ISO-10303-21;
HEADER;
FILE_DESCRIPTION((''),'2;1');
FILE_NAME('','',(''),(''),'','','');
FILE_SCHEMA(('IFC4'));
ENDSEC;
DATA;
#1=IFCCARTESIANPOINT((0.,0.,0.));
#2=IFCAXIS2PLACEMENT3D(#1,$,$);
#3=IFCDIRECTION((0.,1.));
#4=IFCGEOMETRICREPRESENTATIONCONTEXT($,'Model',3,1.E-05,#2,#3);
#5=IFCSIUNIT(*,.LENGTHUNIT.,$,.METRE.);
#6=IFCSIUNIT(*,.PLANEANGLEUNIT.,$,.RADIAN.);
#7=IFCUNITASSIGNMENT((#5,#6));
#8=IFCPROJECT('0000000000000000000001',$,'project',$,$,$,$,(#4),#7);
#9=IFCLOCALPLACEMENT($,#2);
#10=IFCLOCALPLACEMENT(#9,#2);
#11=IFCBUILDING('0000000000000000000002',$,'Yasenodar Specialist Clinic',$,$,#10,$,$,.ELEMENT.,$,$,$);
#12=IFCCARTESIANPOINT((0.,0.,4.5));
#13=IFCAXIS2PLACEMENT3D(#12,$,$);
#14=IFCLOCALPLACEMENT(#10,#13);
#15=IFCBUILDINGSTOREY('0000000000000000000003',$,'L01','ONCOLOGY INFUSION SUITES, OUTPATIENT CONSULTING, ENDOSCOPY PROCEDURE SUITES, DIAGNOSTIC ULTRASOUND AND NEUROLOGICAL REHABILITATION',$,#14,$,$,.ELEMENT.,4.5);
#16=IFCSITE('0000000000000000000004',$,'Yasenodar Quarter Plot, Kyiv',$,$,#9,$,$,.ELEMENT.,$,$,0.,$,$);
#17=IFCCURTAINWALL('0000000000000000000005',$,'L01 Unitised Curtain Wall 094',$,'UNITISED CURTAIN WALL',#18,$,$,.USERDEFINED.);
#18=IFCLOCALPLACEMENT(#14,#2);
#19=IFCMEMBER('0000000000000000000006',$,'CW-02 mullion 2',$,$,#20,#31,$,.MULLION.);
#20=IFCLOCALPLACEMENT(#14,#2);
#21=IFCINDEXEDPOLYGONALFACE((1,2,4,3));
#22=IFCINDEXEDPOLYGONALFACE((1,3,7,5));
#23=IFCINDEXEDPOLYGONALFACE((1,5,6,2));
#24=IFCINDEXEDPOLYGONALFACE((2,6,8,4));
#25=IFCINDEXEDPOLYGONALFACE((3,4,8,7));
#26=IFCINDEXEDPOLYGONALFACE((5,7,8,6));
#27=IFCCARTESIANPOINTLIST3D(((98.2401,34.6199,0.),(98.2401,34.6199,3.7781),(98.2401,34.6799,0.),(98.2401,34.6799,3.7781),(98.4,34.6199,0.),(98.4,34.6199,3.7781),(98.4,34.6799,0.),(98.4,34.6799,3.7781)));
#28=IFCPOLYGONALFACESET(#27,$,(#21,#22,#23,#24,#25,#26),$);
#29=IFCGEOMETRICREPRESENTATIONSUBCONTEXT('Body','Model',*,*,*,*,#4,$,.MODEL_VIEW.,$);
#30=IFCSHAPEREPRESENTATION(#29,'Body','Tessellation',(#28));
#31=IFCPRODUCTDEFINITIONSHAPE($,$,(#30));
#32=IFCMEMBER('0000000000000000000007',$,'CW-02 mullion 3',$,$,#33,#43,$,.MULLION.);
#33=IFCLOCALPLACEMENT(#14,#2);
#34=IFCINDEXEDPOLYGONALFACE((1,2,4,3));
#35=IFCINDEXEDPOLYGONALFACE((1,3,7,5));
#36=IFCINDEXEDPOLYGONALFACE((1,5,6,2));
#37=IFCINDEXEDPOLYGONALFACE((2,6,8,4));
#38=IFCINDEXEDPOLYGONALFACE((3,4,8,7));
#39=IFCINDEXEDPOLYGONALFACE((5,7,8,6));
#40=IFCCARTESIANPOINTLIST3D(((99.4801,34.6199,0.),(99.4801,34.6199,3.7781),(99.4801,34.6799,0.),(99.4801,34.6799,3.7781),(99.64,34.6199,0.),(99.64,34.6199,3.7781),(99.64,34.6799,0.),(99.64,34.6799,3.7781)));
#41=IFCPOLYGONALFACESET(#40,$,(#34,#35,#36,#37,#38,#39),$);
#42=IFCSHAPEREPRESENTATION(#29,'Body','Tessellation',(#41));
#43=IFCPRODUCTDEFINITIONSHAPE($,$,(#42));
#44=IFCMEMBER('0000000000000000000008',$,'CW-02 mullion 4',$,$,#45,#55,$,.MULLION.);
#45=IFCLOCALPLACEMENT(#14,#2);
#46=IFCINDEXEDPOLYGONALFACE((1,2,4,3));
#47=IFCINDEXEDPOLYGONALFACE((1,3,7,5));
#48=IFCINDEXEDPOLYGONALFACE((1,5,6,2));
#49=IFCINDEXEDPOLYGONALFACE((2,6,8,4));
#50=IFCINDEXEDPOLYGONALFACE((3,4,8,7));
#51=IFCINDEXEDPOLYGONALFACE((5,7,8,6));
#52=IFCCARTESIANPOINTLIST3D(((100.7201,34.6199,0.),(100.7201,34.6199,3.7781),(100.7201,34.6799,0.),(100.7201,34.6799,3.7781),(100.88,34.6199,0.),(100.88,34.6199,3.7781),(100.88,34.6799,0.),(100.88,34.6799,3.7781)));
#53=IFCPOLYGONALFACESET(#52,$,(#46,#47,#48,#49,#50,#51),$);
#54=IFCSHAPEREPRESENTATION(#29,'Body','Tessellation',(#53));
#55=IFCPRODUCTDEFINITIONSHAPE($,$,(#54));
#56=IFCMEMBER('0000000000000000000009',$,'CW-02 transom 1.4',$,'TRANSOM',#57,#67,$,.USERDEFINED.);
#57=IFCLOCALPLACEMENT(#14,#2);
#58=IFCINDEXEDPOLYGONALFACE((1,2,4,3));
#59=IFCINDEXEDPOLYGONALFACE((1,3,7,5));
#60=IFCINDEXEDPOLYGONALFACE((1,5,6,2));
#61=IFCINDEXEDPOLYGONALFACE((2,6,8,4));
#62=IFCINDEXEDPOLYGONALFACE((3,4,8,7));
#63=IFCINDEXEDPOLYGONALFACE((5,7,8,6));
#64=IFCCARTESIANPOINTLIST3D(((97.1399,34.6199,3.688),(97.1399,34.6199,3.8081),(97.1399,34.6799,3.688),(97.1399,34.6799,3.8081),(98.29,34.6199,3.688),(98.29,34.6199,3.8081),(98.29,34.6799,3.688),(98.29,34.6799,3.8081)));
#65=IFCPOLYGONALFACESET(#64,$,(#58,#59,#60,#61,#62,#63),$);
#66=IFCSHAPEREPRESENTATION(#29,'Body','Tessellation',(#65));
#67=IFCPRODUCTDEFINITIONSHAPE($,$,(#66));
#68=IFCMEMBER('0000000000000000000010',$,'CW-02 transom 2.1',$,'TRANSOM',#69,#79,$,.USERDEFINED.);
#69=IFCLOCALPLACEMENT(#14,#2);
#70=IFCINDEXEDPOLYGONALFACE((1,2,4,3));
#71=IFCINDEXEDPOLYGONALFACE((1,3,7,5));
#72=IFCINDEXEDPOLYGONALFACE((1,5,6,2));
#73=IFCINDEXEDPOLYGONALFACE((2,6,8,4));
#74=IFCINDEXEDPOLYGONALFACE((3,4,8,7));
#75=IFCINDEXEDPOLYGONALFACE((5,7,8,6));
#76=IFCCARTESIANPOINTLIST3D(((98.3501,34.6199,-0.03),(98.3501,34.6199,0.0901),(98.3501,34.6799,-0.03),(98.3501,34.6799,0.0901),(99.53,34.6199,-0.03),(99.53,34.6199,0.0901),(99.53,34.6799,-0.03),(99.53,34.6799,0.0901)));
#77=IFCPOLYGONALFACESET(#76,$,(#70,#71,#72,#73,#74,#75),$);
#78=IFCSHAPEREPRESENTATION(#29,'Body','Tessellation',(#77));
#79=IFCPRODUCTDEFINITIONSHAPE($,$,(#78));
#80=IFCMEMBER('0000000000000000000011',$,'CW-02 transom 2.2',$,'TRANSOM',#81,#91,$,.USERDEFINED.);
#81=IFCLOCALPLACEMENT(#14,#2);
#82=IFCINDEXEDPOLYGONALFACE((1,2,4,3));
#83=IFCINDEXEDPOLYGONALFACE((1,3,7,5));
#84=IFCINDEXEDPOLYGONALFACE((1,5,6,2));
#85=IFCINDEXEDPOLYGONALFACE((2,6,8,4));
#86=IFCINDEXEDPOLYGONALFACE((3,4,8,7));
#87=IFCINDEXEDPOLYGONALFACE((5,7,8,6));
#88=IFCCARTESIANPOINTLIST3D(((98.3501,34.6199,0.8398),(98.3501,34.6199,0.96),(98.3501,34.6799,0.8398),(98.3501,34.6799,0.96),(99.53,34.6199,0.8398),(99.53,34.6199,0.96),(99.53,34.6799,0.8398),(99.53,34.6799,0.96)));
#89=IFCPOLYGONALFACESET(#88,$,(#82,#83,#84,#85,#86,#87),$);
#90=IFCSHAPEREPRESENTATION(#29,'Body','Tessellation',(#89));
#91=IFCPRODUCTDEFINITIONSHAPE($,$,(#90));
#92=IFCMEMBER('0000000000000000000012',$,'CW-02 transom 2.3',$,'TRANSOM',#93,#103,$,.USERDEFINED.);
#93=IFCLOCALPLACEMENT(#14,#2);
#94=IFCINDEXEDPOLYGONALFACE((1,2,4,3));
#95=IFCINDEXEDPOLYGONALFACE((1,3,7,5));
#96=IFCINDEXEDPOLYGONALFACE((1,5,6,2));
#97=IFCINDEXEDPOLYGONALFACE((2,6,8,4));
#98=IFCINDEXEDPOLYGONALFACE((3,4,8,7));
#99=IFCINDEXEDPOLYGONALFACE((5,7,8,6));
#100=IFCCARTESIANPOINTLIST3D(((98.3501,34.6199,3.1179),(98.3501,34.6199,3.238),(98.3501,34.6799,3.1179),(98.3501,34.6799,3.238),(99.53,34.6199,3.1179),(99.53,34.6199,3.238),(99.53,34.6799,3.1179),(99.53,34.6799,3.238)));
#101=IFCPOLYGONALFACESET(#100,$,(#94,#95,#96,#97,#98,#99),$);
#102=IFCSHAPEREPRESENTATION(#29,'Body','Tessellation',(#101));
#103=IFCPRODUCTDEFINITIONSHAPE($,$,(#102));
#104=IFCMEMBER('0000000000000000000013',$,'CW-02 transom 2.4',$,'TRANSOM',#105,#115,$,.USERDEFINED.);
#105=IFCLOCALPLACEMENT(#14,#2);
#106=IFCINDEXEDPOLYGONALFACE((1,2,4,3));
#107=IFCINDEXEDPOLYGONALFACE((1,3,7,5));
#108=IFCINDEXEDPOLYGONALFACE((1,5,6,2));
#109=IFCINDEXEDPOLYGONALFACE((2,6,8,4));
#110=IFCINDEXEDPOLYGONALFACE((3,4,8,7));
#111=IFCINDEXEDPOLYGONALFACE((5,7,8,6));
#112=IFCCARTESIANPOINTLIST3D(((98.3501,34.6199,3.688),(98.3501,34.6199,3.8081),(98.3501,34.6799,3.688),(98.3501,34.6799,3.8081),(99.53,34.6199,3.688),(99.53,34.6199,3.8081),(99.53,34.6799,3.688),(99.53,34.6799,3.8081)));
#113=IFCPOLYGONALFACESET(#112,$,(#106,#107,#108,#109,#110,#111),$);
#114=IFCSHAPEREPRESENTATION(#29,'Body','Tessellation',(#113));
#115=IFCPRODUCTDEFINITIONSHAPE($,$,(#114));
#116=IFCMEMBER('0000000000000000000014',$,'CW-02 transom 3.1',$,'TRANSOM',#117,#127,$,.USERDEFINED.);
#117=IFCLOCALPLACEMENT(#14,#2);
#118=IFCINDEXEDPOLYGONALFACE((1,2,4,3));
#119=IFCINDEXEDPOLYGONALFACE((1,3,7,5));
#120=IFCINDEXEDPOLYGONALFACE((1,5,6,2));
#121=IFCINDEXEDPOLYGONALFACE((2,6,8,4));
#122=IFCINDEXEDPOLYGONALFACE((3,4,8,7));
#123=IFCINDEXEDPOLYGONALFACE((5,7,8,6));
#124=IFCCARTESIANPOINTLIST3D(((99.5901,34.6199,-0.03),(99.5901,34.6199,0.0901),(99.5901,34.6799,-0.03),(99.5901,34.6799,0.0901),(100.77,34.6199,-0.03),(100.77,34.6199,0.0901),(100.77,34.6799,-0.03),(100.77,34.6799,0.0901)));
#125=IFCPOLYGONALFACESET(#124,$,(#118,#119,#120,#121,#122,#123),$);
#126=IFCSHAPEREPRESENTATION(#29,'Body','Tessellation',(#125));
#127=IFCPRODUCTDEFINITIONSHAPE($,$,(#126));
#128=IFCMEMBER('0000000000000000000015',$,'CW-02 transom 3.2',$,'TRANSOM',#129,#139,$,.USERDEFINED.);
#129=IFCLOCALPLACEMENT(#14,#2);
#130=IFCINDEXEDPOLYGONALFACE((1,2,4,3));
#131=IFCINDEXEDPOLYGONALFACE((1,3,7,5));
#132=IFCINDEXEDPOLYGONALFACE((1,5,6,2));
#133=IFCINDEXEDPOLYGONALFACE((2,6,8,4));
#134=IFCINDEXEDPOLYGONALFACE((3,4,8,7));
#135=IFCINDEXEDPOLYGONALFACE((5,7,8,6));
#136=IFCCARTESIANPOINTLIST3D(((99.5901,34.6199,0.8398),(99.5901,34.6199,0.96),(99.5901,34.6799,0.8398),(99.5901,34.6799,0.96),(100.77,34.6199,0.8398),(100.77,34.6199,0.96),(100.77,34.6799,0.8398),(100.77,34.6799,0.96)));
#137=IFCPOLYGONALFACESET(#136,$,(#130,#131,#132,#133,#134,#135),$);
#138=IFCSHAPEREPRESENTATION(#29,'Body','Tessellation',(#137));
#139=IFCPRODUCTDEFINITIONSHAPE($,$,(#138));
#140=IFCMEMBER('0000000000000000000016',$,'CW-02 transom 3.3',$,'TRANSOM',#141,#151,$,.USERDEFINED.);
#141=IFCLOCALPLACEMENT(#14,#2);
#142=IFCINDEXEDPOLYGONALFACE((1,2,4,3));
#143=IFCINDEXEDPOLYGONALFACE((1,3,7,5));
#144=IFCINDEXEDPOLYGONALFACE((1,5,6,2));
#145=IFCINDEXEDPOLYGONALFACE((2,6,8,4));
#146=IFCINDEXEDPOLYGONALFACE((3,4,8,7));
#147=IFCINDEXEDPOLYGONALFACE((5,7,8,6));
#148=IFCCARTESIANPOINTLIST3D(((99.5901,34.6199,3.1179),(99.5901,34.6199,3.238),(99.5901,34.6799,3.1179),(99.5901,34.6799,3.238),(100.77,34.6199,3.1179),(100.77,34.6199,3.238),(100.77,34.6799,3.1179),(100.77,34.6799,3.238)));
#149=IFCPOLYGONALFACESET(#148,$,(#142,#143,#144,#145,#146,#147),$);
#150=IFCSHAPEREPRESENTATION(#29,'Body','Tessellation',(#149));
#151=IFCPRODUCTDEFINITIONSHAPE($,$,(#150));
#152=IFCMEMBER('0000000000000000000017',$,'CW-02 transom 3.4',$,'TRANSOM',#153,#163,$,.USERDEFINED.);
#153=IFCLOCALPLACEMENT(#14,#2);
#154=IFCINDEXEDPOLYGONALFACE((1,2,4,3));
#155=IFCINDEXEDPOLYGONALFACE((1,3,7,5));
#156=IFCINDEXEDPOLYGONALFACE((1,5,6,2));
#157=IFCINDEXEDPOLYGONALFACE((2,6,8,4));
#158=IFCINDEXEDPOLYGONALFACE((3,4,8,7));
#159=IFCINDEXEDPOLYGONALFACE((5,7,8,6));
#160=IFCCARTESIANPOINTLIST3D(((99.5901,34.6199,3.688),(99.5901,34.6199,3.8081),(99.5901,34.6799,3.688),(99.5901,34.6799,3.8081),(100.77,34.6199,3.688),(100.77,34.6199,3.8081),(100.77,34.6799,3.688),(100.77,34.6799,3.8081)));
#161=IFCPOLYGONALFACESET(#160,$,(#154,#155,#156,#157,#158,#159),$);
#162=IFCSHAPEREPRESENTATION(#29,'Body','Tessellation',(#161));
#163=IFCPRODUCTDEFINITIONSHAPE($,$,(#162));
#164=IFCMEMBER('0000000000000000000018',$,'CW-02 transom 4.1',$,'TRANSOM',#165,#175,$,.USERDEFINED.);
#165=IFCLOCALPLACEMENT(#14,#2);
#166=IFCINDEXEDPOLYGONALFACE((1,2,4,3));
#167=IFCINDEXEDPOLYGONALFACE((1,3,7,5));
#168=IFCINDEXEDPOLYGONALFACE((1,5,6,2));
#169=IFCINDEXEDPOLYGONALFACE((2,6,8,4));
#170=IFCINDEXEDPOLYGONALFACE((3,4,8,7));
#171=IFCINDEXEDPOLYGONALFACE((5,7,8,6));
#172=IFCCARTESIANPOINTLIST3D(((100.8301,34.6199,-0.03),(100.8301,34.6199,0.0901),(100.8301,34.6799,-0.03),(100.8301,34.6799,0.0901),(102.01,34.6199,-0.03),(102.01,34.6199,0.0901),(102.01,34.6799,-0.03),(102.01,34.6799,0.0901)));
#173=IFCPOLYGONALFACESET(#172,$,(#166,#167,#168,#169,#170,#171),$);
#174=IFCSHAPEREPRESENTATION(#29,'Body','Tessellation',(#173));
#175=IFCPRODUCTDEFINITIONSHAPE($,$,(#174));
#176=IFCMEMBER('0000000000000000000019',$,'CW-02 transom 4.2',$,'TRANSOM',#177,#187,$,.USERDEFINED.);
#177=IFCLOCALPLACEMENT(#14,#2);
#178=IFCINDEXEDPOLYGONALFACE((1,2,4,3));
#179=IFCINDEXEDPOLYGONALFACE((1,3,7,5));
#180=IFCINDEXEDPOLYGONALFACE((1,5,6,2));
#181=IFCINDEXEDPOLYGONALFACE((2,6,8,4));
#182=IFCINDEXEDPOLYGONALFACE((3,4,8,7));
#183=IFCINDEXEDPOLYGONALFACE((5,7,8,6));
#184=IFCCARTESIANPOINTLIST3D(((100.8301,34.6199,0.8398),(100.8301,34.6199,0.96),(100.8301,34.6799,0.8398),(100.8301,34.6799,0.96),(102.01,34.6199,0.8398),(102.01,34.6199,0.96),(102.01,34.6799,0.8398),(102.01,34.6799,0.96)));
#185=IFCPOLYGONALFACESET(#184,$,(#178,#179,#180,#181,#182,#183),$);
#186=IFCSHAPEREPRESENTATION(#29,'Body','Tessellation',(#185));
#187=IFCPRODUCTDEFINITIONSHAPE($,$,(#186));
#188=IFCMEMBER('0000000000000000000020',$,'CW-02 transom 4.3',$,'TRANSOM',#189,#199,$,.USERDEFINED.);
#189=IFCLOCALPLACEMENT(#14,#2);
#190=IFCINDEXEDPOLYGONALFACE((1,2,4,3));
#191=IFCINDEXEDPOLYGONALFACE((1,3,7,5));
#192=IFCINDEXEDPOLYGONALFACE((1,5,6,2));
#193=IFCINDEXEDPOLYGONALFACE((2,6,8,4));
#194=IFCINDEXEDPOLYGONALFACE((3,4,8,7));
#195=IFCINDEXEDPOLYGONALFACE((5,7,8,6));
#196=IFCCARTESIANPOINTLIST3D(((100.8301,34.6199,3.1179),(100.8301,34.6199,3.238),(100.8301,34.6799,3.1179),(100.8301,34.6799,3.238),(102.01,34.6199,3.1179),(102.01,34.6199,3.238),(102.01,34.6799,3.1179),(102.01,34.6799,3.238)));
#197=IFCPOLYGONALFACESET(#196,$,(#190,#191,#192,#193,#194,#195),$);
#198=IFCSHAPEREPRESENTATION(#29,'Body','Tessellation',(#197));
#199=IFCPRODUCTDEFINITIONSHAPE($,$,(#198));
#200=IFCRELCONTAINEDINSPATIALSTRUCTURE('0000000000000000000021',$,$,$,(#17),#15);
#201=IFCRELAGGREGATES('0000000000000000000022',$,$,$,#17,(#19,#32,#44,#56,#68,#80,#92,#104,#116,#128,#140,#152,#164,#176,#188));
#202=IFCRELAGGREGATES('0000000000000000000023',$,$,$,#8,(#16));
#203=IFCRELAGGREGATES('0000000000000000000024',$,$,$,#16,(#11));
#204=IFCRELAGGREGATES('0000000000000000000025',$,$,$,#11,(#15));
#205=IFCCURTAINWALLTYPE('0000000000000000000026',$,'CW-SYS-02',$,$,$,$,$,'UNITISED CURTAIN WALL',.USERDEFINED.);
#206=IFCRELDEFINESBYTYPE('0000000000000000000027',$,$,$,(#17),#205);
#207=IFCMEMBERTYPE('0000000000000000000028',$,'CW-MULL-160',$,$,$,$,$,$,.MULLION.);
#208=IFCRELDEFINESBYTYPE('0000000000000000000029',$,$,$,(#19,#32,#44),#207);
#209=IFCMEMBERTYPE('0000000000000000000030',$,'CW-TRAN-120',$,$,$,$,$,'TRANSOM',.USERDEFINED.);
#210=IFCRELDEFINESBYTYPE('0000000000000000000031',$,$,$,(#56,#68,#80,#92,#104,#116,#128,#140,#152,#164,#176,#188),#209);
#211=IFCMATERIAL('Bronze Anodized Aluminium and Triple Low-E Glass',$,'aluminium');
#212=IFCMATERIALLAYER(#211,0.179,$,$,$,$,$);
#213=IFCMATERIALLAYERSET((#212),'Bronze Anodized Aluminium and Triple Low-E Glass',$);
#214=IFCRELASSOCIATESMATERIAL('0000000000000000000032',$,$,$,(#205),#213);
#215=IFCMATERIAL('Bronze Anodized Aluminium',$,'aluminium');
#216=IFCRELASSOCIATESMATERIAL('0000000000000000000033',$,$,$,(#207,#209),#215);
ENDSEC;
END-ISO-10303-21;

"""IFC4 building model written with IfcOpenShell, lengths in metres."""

from ifc_helpers import new_model, si_unit, direction, frame, origin, origin_2d, place, context, subcontext, project, spatial, rectangle, extrude, material, layer, layer_set, material_profile, profile_set, type_object, element, aggregate, save


model = new_model("IFC4")

# Units and contexts
model_context = context("Model", 3, precision=1e-05, world=origin(), true_north=direction((0.0, 1.0)))
body_context = subcontext(model_context, "Body", "Model", "MODEL_VIEW")
ifc_project = project(units=[si_unit("LENGTHUNIT", "METRE"), si_unit("PLANEANGLEUNIT", "RADIAN")], contexts=[model_context])

# Site, building, storey
site_placement = place(None, origin())
site = spatial("IfcSite", under=ifc_project, at=site_placement, Name="Yasenodar Quarter Plot, Kyiv", CompositionType="ELEMENT", RefElevation=0.0)
building_placement = place(site_placement, origin())
building = spatial("IfcBuilding", under=site, at=building_placement, Name="Yasenodar Specialist Clinic", CompositionType="ELEMENT")
storey_placement = place(building_placement, frame((0.0, 0.0, 4.5)))
storey = spatial("IfcBuildingStorey", under=building, at=storey_placement, Name="L01", Description="ONCOLOGY INFUSION SUITES, OUTPATIENT CONSULTING, ENDOSCOPY PROCEDURE SUITES, DIAGNOSTIC ULTRASOUND AND NEUROLOGICAL REHABILITATION", CompositionType="ELEMENT", Elevation=4.5)

# Curtain wall, members
ifc_material_1 = material(Name="Bronze Anodized Aluminium and Triple Low-E Glass", Category="aluminium")
ifc_layer_1 = layer(ifc_material_1, 0.179)
ifc_layer_set_1 = layer_set([ifc_layer_1], Name="Bronze Anodized Aluminium and Triple Low-E Glass")
curtain_wall_type = type_object("IfcCurtainWallType", Name="CW-SYS-02", ElementType="UNITISED CURTAIN WALL", PredefinedType="USERDEFINED", material=ifc_layer_set_1)
curtain_wall_placement = place(storey_placement, origin())
curtain_wall = element("IfcCurtainWall", 1, at=curtain_wall_placement, inside=storey, type_object=curtain_wall_type, Name="L01 Unitised Curtain Wall 094", ObjectType="UNITISED CURTAIN WALL", PredefinedType="USERDEFINED")
ifc_material_2 = material(Name="Bronze Anodized Aluminium", Category="aluminium")
ifc_material_profile_1 = material_profile(ifc_material_2, rectangle(XDim=0.0601, YDim=0.1599, at=origin_2d()), Name="CW-MULL 60x160")
ifc_profile_set_1 = profile_set([ifc_material_profile_1], Name="Bronze Anodized Aluminium")
member_type_1 = type_object("IfcMemberType", Name="CW-MULL-160", PredefinedType="MULLION", material=ifc_profile_set_1)
member_1_placement = place(storey_placement, frame((98.3201, 34.6499, 0.0), z_axis=(0.0, 0.0, 1.0), x_axis=(0.0, 1.0, 0.0)))
member_1 = element("IfcMember", 2, at=member_1_placement, type_object=member_type_1, Name="CW-02 mullion 2", PredefinedType="MULLION", context=body_context, shape_type="SweptSolid", body=[
    extrude(rectangle(XDim=0.0601, YDim=0.1599, at=origin_2d()), origin(), (0.0, 0.0, 1.0), 3.7781),
])
member_2_placement = place(storey_placement, frame((99.5601, 34.6499, 0.0), z_axis=(0.0, 0.0, 1.0), x_axis=(0.0, 1.0, 0.0)))
member_2 = element("IfcMember", 3, at=member_2_placement, type_object=member_type_1, Name="CW-02 mullion 3", PredefinedType="MULLION", context=body_context, shape_type="SweptSolid", body=[
    extrude(rectangle(XDim=0.0601, YDim=0.1599, at=origin_2d()), origin(), (0.0, 0.0, 1.0), 3.7781),
])
member_3_placement = place(storey_placement, frame((100.8, 34.6499, 0.0), z_axis=(0.0, 0.0, 1.0), x_axis=(0.0, 1.0, 0.0)))
member_3 = element("IfcMember", 4, at=member_3_placement, type_object=member_type_1, Name="CW-02 mullion 4", PredefinedType="MULLION", context=body_context, shape_type="SweptSolid", body=[
    extrude(rectangle(XDim=0.0601, YDim=0.1599, at=origin_2d()), origin(), (0.0, 0.0, 1.0), 3.7781),
])
ifc_material_profile_2 = material_profile(ifc_material_2, rectangle(XDim=0.0601, YDim=0.1201, at=origin_2d()), Name="CW-TRAN 60x120")
ifc_profile_set_2 = profile_set([ifc_material_profile_2], Name="Bronze Anodized Aluminium")
member_type_2 = type_object("IfcMemberType", Name="CW-TRAN-120", ElementType="TRANSOM", PredefinedType="USERDEFINED", material=ifc_profile_set_2)
member_4_placement = place(storey_placement, frame((97.1399, 34.6499, 3.748), z_axis=(1.0, 0.0, 0.0), x_axis=(0.0, 1.0, 0.0)))
member_4 = element("IfcMember", 5, at=member_4_placement, type_object=member_type_2, Name="CW-02 transom 1.4", ObjectType="TRANSOM", PredefinedType="USERDEFINED", context=body_context, shape_type="SweptSolid", body=[
    extrude(rectangle(XDim=0.0601, YDim=0.1201, at=origin_2d()), origin(), (0.0, 0.0, 1.0), 1.1501),
])
member_5_placement = place(storey_placement, frame((98.3501, 34.6499, 0.03), z_axis=(1.0, 0.0, 0.0), x_axis=(0.0, 1.0, 0.0)))
member_5 = element("IfcMember", 6, at=member_5_placement, type_object=member_type_2, Name="CW-02 transom 2.1", ObjectType="TRANSOM", PredefinedType="USERDEFINED", context=body_context, shape_type="SweptSolid", body=[
    extrude(rectangle(XDim=0.0601, YDim=0.1201, at=origin_2d()), origin(), (0.0, 0.0, 1.0), 1.1799),
])
member_6_placement = place(storey_placement, frame((98.3501, 34.6499, 0.8999), z_axis=(1.0, 0.0, 0.0), x_axis=(0.0, 1.0, 0.0)))
member_6 = element("IfcMember", 7, at=member_6_placement, type_object=member_type_2, Name="CW-02 transom 2.2", ObjectType="TRANSOM", PredefinedType="USERDEFINED", context=body_context, shape_type="SweptSolid", body=[
    extrude(rectangle(XDim=0.0601, YDim=0.1201, at=origin_2d()), origin(), (0.0, 0.0, 1.0), 1.1799),
])
member_7_placement = place(storey_placement, frame((98.3501, 34.6499, 3.178), z_axis=(1.0, 0.0, 0.0), x_axis=(0.0, 1.0, 0.0)))
member_7 = element("IfcMember", 8, at=member_7_placement, type_object=member_type_2, Name="CW-02 transom 2.3", ObjectType="TRANSOM", PredefinedType="USERDEFINED", context=body_context, shape_type="SweptSolid", body=[
    extrude(rectangle(XDim=0.0601, YDim=0.1201, at=origin_2d()), origin(), (0.0, 0.0, 1.0), 1.1799),
])
member_8_placement = place(storey_placement, frame((98.3501, 34.6499, 3.748), z_axis=(1.0, 0.0, 0.0), x_axis=(0.0, 1.0, 0.0)))
member_8 = element("IfcMember", 9, at=member_8_placement, type_object=member_type_2, Name="CW-02 transom 2.4", ObjectType="TRANSOM", PredefinedType="USERDEFINED", context=body_context, shape_type="SweptSolid", body=[
    extrude(rectangle(XDim=0.0601, YDim=0.1201, at=origin_2d()), origin(), (0.0, 0.0, 1.0), 1.1799),
])
member_9_placement = place(storey_placement, frame((99.5901, 34.6499, 0.03), z_axis=(1.0, 0.0, 0.0), x_axis=(0.0, 1.0, 0.0)))
member_9 = element("IfcMember", 10, at=member_9_placement, type_object=member_type_2, Name="CW-02 transom 3.1", ObjectType="TRANSOM", PredefinedType="USERDEFINED", context=body_context, shape_type="SweptSolid", body=[
    extrude(rectangle(XDim=0.0601, YDim=0.1201, at=origin_2d()), origin(), (0.0, 0.0, 1.0), 1.1799),
])
member_10_placement = place(storey_placement, frame((99.5901, 34.6499, 0.8999), z_axis=(1.0, 0.0, 0.0), x_axis=(0.0, 1.0, 0.0)))
member_10 = element("IfcMember", 11, at=member_10_placement, type_object=member_type_2, Name="CW-02 transom 3.2", ObjectType="TRANSOM", PredefinedType="USERDEFINED", context=body_context, shape_type="SweptSolid", body=[
    extrude(rectangle(XDim=0.0601, YDim=0.1201, at=origin_2d()), origin(), (0.0, 0.0, 1.0), 1.1799),
])
member_11_placement = place(storey_placement, frame((99.5901, 34.6499, 3.178), z_axis=(1.0, 0.0, 0.0), x_axis=(0.0, 1.0, 0.0)))
member_11 = element("IfcMember", 12, at=member_11_placement, type_object=member_type_2, Name="CW-02 transom 3.3", ObjectType="TRANSOM", PredefinedType="USERDEFINED", context=body_context, shape_type="SweptSolid", body=[
    extrude(rectangle(XDim=0.0601, YDim=0.1201, at=origin_2d()), origin(), (0.0, 0.0, 1.0), 1.1799),
])
member_12_placement = place(storey_placement, frame((99.5901, 34.6499, 3.748), z_axis=(1.0, 0.0, 0.0), x_axis=(0.0, 1.0, 0.0)))
member_12 = element("IfcMember", 13, at=member_12_placement, type_object=member_type_2, Name="CW-02 transom 3.4", ObjectType="TRANSOM", PredefinedType="USERDEFINED", context=body_context, shape_type="SweptSolid", body=[
    extrude(rectangle(XDim=0.0601, YDim=0.1201, at=origin_2d()), origin(), (0.0, 0.0, 1.0), 1.1799),
])
member_13_placement = place(storey_placement, frame((100.8301, 34.6499, 0.03), z_axis=(1.0, 0.0, 0.0), x_axis=(0.0, 1.0, 0.0)))
member_13 = element("IfcMember", 14, at=member_13_placement, type_object=member_type_2, Name="CW-02 transom 4.1", ObjectType="TRANSOM", PredefinedType="USERDEFINED", context=body_context, shape_type="SweptSolid", body=[
    extrude(rectangle(XDim=0.0601, YDim=0.1201, at=origin_2d()), origin(), (0.0, 0.0, 1.0), 1.1799),
])
member_14_placement = place(storey_placement, frame((100.8301, 34.6499, 0.8999), z_axis=(1.0, 0.0, 0.0), x_axis=(0.0, 1.0, 0.0)))
member_14 = element("IfcMember", 15, at=member_14_placement, type_object=member_type_2, Name="CW-02 transom 4.2", ObjectType="TRANSOM", PredefinedType="USERDEFINED", context=body_context, shape_type="SweptSolid", body=[
    extrude(rectangle(XDim=0.0601, YDim=0.1201, at=origin_2d()), origin(), (0.0, 0.0, 1.0), 1.1799),
])
member_15_placement = place(storey_placement, frame((100.8301, 34.6499, 3.178), z_axis=(1.0, 0.0, 0.0), x_axis=(0.0, 1.0, 0.0)))
member_15 = element("IfcMember", 16, at=member_15_placement, type_object=member_type_2, Name="CW-02 transom 4.3", ObjectType="TRANSOM", PredefinedType="USERDEFINED", context=body_context, shape_type="SweptSolid", body=[
    extrude(rectangle(XDim=0.0601, YDim=0.1201, at=origin_2d()), origin(), (0.0, 0.0, 1.0), 1.1799),
])
aggregate(curtain_wall, [member_1, member_2, member_3, member_4, member_5, member_6, member_7, member_8, member_9, member_10, member_11, member_12, member_13, member_14, member_15])

save(model, "model.ifc")
